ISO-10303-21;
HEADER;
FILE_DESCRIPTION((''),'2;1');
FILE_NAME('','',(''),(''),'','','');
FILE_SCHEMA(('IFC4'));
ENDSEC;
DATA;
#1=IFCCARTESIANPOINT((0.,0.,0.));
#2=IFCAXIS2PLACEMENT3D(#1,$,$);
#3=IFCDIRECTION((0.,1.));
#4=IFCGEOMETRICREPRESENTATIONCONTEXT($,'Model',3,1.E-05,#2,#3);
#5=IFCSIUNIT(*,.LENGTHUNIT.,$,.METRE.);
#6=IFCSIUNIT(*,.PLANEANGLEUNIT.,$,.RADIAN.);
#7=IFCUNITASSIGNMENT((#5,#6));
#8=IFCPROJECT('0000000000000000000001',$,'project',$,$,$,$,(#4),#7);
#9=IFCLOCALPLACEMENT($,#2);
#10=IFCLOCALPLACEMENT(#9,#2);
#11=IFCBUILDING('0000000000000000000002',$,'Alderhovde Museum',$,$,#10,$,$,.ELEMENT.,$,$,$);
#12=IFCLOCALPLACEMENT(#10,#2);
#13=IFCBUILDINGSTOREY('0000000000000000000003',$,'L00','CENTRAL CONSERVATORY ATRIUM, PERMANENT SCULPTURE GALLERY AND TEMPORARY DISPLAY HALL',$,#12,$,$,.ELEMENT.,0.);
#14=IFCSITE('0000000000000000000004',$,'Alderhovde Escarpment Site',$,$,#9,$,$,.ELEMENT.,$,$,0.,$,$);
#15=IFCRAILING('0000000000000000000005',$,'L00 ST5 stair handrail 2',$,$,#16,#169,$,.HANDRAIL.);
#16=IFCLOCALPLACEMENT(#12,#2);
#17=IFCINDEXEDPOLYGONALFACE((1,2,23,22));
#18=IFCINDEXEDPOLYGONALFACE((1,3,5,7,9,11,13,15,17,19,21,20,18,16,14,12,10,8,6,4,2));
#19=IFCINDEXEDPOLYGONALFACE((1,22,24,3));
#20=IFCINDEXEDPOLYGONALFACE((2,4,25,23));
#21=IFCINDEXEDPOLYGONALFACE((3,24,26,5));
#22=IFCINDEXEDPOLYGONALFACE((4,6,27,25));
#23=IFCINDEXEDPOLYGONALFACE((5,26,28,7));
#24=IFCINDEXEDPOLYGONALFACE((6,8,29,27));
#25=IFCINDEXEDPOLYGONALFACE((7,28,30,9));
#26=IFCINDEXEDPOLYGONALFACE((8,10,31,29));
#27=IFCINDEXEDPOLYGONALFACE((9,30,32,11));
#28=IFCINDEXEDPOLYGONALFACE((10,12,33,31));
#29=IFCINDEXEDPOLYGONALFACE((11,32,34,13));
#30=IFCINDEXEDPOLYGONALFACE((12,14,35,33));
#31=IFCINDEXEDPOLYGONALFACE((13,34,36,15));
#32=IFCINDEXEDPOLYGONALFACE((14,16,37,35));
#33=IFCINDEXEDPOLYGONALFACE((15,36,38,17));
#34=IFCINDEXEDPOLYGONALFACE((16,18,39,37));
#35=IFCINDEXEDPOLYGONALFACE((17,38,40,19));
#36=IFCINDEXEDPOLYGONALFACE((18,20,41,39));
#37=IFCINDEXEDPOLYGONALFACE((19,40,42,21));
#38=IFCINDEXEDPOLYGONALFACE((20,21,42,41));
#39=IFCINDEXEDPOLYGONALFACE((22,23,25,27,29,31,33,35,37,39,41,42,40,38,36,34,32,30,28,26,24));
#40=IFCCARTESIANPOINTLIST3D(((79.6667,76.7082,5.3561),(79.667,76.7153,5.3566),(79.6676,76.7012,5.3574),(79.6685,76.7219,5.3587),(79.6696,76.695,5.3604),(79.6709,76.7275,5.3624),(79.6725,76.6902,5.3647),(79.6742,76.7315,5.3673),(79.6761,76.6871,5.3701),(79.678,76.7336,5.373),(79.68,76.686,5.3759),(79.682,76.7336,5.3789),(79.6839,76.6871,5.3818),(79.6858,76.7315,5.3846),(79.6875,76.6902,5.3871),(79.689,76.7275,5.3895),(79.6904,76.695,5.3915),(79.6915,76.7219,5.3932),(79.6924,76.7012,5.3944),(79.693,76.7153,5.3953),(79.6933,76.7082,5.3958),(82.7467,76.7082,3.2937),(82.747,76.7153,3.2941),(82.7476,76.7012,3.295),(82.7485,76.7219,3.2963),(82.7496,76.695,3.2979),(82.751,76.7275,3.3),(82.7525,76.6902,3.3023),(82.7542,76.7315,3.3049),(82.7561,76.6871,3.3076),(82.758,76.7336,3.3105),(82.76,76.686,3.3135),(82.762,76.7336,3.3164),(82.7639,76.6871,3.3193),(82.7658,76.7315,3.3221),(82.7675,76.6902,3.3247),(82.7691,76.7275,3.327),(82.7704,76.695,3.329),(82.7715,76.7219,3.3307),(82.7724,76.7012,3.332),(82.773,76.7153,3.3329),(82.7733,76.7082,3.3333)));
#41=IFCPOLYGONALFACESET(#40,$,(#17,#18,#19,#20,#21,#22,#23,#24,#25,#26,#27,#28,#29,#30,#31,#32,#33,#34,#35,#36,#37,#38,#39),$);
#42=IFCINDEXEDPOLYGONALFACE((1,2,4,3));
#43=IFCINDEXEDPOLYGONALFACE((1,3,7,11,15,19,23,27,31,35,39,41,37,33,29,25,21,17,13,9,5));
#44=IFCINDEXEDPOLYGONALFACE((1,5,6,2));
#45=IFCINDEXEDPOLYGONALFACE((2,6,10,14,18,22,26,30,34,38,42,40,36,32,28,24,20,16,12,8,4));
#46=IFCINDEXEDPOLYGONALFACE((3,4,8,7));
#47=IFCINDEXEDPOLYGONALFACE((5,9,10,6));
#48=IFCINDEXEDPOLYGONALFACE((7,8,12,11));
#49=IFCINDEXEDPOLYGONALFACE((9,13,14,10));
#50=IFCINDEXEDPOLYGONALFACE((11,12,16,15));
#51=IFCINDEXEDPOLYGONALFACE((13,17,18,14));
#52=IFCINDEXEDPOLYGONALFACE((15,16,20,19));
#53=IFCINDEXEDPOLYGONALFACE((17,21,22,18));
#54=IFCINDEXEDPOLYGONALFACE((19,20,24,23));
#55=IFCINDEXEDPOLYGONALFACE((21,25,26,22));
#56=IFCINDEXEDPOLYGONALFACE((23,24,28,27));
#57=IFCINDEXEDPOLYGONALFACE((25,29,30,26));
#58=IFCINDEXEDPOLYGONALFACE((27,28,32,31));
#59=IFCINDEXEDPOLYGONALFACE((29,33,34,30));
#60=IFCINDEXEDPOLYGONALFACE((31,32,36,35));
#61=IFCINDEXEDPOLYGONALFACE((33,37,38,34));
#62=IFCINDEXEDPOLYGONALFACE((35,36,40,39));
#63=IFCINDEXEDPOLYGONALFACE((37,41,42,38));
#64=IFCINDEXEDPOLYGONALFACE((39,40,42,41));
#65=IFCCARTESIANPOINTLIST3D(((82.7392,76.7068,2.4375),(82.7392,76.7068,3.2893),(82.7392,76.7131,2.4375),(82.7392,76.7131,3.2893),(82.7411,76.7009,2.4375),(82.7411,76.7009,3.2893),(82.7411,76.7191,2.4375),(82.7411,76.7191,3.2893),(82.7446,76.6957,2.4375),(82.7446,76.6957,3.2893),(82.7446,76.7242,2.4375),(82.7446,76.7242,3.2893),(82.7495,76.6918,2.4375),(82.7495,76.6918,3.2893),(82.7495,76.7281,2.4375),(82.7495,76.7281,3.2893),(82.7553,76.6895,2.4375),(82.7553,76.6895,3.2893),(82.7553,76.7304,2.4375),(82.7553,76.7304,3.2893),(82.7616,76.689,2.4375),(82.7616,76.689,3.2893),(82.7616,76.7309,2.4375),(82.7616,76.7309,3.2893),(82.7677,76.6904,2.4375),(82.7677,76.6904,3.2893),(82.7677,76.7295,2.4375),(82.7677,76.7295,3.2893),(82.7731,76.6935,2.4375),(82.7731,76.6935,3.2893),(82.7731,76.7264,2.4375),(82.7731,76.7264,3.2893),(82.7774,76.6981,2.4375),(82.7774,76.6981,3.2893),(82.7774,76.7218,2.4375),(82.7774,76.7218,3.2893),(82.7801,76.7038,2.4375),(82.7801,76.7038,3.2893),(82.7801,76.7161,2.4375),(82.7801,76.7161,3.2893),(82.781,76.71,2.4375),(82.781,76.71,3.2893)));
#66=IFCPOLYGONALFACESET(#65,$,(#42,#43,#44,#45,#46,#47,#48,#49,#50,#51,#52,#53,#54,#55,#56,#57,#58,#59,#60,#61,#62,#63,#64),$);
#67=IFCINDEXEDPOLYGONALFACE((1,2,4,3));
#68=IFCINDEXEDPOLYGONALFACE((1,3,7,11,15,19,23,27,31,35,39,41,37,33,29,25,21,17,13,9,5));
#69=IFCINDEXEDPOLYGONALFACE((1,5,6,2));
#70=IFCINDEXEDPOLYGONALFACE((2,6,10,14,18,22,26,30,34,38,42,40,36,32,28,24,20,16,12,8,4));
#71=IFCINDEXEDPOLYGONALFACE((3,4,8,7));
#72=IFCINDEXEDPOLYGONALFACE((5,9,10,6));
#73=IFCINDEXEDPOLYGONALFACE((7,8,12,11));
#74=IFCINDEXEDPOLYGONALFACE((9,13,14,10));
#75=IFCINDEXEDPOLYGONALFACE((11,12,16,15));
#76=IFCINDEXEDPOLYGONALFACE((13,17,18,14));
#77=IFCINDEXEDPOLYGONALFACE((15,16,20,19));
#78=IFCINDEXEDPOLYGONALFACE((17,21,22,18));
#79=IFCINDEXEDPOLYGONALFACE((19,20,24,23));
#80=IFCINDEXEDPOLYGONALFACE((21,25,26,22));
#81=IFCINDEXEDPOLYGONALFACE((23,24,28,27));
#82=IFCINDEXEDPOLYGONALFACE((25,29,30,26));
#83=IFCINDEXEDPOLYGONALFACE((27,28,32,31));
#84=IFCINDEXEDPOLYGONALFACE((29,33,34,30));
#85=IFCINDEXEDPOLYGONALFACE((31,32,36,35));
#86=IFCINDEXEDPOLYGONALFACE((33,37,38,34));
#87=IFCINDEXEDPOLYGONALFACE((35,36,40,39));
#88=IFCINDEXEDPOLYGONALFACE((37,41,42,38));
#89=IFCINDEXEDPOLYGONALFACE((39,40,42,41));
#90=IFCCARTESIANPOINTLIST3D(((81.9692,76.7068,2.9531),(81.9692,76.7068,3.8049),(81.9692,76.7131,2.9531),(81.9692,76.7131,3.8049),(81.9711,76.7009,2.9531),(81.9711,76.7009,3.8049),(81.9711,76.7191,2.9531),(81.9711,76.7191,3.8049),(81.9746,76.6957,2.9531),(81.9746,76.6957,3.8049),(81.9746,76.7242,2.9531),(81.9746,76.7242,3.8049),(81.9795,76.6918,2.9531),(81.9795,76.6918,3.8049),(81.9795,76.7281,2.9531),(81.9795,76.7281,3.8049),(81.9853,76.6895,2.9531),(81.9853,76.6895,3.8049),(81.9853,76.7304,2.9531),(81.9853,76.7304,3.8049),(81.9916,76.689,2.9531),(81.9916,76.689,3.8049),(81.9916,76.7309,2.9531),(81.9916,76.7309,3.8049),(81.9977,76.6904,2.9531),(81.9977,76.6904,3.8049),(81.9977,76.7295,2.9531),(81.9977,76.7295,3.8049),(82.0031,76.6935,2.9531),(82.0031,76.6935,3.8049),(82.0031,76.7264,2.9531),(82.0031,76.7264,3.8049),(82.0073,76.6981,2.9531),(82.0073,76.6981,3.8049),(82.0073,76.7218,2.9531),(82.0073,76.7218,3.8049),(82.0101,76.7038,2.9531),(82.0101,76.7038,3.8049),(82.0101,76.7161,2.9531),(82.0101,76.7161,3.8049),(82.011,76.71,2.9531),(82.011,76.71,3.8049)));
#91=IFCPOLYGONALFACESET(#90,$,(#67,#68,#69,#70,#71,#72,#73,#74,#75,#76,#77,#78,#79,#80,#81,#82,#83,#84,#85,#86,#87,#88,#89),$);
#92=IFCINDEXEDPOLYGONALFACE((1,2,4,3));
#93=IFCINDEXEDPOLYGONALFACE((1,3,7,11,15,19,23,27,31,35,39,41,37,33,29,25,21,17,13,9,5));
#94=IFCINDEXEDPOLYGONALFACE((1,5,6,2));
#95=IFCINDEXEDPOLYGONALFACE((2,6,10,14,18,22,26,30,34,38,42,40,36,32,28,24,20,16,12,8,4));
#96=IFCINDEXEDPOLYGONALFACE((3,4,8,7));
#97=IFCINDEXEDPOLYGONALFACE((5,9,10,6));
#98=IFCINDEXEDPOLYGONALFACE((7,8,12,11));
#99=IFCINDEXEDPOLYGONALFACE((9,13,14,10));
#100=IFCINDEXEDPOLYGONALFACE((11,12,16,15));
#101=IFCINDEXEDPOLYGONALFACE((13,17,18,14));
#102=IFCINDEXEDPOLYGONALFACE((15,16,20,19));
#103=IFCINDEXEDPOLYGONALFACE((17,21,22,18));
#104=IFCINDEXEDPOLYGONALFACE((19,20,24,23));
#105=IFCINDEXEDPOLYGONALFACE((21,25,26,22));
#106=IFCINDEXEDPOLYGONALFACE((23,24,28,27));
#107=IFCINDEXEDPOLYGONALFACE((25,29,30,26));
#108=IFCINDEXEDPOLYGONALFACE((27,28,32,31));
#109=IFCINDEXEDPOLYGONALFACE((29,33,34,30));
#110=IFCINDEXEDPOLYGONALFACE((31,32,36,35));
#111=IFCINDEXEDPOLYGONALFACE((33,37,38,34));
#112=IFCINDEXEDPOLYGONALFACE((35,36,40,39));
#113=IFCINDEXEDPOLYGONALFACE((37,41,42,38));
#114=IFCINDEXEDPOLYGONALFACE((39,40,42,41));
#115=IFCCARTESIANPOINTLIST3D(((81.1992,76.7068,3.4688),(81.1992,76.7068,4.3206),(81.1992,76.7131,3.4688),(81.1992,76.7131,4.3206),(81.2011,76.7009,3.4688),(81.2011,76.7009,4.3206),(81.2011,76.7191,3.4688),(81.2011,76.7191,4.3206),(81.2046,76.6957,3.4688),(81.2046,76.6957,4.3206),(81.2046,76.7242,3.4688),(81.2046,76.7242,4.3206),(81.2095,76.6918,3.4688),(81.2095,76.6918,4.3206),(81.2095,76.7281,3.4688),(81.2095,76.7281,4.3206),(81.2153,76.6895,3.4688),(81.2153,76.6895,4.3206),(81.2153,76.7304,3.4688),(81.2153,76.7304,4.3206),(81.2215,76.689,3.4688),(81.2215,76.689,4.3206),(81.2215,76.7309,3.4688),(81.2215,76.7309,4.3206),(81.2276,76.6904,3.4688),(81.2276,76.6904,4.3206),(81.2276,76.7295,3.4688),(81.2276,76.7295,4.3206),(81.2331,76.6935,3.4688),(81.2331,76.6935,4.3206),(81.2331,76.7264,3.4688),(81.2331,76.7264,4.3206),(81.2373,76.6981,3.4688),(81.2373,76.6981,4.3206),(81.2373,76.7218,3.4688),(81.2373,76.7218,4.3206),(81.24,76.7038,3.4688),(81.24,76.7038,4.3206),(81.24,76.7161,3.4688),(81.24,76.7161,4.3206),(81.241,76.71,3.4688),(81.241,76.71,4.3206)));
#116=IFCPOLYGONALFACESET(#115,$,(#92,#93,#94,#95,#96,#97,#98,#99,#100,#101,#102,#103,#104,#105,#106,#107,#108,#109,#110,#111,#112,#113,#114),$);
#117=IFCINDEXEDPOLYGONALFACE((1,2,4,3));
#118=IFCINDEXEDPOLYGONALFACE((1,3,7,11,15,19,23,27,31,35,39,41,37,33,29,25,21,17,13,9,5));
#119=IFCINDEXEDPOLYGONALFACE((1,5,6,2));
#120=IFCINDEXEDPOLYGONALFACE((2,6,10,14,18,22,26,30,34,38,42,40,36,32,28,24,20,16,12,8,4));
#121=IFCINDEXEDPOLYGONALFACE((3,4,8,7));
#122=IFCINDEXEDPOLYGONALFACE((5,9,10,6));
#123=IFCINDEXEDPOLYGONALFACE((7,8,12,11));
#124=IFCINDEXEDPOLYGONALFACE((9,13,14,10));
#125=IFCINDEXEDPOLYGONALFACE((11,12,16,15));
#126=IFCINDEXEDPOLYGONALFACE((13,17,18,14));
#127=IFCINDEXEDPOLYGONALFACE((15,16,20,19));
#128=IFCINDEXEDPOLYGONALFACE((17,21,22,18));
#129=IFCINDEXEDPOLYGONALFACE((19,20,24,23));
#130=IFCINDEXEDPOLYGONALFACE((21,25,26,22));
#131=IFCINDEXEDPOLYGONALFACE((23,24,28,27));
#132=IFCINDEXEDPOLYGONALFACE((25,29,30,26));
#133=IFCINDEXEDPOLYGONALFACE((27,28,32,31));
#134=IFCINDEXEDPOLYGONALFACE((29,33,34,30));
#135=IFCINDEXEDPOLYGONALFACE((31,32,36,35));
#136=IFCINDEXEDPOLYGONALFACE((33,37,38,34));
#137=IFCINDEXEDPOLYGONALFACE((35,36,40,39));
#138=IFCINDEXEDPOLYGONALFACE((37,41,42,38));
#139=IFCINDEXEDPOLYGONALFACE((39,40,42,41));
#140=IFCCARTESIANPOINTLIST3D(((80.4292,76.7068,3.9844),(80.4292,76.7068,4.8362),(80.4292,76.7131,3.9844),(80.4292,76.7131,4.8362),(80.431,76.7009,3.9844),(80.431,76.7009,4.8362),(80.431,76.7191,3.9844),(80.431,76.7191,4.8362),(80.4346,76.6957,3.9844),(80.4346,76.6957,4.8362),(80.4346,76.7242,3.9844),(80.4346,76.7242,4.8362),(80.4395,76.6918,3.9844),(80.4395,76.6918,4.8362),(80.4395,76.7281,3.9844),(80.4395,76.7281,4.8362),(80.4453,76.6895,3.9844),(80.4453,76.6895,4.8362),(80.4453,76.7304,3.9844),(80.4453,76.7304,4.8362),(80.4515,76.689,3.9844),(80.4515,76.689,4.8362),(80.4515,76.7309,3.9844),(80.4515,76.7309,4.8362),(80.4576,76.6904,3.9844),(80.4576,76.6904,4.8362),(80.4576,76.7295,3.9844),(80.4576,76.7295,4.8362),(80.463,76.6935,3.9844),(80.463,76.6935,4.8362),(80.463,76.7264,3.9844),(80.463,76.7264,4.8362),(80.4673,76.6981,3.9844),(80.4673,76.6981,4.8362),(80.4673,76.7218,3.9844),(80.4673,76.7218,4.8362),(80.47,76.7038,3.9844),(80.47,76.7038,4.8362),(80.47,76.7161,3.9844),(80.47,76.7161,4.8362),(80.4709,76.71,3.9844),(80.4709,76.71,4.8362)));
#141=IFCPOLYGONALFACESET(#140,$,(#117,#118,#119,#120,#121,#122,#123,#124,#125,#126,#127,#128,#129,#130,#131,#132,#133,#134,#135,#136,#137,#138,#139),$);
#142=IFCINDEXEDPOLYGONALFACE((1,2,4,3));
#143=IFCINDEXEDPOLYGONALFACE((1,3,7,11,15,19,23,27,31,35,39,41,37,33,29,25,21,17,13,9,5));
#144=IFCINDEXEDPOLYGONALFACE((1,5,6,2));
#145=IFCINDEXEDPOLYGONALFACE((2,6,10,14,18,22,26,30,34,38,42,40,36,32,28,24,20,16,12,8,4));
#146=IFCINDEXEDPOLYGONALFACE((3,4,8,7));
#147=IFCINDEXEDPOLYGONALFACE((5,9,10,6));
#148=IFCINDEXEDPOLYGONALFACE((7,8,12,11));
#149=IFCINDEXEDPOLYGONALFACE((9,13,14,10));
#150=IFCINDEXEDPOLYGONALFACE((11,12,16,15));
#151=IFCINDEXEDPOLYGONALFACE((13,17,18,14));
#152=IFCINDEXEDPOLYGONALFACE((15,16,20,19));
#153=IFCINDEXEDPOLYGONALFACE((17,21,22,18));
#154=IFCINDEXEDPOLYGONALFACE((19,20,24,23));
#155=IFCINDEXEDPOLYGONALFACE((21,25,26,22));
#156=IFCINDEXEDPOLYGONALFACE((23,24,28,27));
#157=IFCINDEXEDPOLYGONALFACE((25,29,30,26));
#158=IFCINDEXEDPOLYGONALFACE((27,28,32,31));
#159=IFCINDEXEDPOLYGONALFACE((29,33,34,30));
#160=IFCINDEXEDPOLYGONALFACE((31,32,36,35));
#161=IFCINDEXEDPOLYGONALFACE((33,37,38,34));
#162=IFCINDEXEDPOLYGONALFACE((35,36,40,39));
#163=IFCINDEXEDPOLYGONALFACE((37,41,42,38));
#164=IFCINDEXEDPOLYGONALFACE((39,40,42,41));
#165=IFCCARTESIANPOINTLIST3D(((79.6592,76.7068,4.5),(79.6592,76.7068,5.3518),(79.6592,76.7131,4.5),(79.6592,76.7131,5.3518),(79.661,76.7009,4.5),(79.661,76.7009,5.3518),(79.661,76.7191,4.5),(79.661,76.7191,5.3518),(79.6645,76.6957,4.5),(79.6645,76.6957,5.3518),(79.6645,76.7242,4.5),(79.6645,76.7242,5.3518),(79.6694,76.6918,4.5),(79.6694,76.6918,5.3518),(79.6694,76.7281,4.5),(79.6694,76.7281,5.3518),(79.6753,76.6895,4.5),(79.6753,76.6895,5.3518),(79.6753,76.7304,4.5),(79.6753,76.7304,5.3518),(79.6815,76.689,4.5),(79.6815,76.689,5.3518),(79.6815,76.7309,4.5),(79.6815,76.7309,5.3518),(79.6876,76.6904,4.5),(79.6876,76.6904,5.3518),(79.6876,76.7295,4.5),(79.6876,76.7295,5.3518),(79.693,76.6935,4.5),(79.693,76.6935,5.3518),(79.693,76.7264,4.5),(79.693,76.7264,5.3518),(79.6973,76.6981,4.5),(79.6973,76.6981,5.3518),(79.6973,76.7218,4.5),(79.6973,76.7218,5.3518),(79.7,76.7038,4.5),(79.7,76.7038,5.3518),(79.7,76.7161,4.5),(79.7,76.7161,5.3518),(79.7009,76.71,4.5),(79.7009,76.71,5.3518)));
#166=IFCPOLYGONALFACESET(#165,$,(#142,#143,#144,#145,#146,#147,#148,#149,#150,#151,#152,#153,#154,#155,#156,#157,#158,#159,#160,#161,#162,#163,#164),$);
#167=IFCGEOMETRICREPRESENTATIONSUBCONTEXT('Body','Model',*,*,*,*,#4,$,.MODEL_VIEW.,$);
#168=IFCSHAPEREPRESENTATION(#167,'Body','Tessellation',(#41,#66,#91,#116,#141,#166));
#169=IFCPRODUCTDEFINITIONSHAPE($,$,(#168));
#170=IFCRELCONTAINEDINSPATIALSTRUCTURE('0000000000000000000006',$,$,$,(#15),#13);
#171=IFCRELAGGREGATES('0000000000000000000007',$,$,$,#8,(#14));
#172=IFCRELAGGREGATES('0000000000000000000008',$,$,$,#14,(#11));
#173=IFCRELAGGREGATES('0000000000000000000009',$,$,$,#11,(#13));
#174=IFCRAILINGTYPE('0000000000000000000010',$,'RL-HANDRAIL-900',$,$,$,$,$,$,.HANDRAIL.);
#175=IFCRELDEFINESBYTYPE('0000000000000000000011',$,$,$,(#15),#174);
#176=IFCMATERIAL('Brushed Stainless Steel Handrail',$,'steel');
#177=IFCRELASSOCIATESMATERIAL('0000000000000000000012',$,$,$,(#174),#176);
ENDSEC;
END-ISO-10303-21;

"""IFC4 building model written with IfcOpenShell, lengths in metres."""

from ifc_helpers import new_model, si_unit, direction, frame, origin, origin_2d, place, context, subcontext, project, spatial, circle, extrude, material, type_object, element, save


model = new_model("IFC4")

# Units and contexts
model_context = context("Model", 3, precision=1e-05, world=origin(), true_north=direction((0.0, 1.0)))
body_context = subcontext(model_context, "Body", "Model", "MODEL_VIEW")
ifc_project = project(units=[si_unit("LENGTHUNIT", "METRE"), si_unit("PLANEANGLEUNIT", "RADIAN")], contexts=[model_context])

# Site, building, storey
site_placement = place(None, origin())
site = spatial("IfcSite", under=ifc_project, at=site_placement, Name="Alderhovde Escarpment Site", CompositionType="ELEMENT", RefElevation=0.0)
building_placement = place(site_placement, origin())
building = spatial("IfcBuilding", under=site, at=building_placement, Name="Alderhovde Museum", CompositionType="ELEMENT")
storey_placement = place(building_placement, origin())
storey = spatial("IfcBuildingStorey", under=building, at=storey_placement, Name="L00", Description="CENTRAL CONSERVATORY ATRIUM, PERMANENT SCULPTURE GALLERY AND TEMPORARY DISPLAY HALL", CompositionType="ELEMENT", Elevation=0.0)

# Railing
ifc_material_1 = material(Name="Brushed Stainless Steel Handrail", Category="steel")
railing_type_1 = type_object("IfcRailingType", Name="RL-HANDRAIL-900", PredefinedType="HANDRAIL", material=ifc_material_1)
railing_1_placement = place(storey_placement, frame((82.76, 76.71, 2.4375)))
element("IfcRailing", 1, at=railing_1_placement, inside=storey, type_object=railing_type_1, Name="L00 ST5 stair handrail 2", PredefinedType="HANDRAIL", context=body_context, shape_type="SweptSolid", body=[
    extrude(circle(Radius=0.0239, at=origin_2d()), frame((0.0, 0.0, 0.876), z_axis=(-0.830914, 0.0, 0.556401), x_axis=(0.0, -1.0, 0.0)), (0.0, 0.0, 1.0), 3.7068),
    extrude(circle(Radius=0.021, at=origin_2d()), origin(), (0.0, 0.0, 1.0), 0.8518),
    extrude(circle(Radius=0.021, at=origin_2d()), frame((-0.77, 0.0, 0.5156)), (0.0, 0.0, 1.0), 0.8518),
    extrude(circle(Radius=0.021, at=origin_2d()), frame((-1.54, 0.0, 1.0312)), (0.0, 0.0, 1.0), 0.8518),
    extrude(circle(Radius=0.021, at=origin_2d()), frame((-2.3101, 0.0, 1.5469)), (0.0, 0.0, 1.0), 0.8518),
    extrude(circle(Radius=0.021, at=origin_2d()), frame((-3.0801, 0.0, 2.0625)), (0.0, 0.0, 1.0), 0.8518),
])

save(model, "model.ifc")
